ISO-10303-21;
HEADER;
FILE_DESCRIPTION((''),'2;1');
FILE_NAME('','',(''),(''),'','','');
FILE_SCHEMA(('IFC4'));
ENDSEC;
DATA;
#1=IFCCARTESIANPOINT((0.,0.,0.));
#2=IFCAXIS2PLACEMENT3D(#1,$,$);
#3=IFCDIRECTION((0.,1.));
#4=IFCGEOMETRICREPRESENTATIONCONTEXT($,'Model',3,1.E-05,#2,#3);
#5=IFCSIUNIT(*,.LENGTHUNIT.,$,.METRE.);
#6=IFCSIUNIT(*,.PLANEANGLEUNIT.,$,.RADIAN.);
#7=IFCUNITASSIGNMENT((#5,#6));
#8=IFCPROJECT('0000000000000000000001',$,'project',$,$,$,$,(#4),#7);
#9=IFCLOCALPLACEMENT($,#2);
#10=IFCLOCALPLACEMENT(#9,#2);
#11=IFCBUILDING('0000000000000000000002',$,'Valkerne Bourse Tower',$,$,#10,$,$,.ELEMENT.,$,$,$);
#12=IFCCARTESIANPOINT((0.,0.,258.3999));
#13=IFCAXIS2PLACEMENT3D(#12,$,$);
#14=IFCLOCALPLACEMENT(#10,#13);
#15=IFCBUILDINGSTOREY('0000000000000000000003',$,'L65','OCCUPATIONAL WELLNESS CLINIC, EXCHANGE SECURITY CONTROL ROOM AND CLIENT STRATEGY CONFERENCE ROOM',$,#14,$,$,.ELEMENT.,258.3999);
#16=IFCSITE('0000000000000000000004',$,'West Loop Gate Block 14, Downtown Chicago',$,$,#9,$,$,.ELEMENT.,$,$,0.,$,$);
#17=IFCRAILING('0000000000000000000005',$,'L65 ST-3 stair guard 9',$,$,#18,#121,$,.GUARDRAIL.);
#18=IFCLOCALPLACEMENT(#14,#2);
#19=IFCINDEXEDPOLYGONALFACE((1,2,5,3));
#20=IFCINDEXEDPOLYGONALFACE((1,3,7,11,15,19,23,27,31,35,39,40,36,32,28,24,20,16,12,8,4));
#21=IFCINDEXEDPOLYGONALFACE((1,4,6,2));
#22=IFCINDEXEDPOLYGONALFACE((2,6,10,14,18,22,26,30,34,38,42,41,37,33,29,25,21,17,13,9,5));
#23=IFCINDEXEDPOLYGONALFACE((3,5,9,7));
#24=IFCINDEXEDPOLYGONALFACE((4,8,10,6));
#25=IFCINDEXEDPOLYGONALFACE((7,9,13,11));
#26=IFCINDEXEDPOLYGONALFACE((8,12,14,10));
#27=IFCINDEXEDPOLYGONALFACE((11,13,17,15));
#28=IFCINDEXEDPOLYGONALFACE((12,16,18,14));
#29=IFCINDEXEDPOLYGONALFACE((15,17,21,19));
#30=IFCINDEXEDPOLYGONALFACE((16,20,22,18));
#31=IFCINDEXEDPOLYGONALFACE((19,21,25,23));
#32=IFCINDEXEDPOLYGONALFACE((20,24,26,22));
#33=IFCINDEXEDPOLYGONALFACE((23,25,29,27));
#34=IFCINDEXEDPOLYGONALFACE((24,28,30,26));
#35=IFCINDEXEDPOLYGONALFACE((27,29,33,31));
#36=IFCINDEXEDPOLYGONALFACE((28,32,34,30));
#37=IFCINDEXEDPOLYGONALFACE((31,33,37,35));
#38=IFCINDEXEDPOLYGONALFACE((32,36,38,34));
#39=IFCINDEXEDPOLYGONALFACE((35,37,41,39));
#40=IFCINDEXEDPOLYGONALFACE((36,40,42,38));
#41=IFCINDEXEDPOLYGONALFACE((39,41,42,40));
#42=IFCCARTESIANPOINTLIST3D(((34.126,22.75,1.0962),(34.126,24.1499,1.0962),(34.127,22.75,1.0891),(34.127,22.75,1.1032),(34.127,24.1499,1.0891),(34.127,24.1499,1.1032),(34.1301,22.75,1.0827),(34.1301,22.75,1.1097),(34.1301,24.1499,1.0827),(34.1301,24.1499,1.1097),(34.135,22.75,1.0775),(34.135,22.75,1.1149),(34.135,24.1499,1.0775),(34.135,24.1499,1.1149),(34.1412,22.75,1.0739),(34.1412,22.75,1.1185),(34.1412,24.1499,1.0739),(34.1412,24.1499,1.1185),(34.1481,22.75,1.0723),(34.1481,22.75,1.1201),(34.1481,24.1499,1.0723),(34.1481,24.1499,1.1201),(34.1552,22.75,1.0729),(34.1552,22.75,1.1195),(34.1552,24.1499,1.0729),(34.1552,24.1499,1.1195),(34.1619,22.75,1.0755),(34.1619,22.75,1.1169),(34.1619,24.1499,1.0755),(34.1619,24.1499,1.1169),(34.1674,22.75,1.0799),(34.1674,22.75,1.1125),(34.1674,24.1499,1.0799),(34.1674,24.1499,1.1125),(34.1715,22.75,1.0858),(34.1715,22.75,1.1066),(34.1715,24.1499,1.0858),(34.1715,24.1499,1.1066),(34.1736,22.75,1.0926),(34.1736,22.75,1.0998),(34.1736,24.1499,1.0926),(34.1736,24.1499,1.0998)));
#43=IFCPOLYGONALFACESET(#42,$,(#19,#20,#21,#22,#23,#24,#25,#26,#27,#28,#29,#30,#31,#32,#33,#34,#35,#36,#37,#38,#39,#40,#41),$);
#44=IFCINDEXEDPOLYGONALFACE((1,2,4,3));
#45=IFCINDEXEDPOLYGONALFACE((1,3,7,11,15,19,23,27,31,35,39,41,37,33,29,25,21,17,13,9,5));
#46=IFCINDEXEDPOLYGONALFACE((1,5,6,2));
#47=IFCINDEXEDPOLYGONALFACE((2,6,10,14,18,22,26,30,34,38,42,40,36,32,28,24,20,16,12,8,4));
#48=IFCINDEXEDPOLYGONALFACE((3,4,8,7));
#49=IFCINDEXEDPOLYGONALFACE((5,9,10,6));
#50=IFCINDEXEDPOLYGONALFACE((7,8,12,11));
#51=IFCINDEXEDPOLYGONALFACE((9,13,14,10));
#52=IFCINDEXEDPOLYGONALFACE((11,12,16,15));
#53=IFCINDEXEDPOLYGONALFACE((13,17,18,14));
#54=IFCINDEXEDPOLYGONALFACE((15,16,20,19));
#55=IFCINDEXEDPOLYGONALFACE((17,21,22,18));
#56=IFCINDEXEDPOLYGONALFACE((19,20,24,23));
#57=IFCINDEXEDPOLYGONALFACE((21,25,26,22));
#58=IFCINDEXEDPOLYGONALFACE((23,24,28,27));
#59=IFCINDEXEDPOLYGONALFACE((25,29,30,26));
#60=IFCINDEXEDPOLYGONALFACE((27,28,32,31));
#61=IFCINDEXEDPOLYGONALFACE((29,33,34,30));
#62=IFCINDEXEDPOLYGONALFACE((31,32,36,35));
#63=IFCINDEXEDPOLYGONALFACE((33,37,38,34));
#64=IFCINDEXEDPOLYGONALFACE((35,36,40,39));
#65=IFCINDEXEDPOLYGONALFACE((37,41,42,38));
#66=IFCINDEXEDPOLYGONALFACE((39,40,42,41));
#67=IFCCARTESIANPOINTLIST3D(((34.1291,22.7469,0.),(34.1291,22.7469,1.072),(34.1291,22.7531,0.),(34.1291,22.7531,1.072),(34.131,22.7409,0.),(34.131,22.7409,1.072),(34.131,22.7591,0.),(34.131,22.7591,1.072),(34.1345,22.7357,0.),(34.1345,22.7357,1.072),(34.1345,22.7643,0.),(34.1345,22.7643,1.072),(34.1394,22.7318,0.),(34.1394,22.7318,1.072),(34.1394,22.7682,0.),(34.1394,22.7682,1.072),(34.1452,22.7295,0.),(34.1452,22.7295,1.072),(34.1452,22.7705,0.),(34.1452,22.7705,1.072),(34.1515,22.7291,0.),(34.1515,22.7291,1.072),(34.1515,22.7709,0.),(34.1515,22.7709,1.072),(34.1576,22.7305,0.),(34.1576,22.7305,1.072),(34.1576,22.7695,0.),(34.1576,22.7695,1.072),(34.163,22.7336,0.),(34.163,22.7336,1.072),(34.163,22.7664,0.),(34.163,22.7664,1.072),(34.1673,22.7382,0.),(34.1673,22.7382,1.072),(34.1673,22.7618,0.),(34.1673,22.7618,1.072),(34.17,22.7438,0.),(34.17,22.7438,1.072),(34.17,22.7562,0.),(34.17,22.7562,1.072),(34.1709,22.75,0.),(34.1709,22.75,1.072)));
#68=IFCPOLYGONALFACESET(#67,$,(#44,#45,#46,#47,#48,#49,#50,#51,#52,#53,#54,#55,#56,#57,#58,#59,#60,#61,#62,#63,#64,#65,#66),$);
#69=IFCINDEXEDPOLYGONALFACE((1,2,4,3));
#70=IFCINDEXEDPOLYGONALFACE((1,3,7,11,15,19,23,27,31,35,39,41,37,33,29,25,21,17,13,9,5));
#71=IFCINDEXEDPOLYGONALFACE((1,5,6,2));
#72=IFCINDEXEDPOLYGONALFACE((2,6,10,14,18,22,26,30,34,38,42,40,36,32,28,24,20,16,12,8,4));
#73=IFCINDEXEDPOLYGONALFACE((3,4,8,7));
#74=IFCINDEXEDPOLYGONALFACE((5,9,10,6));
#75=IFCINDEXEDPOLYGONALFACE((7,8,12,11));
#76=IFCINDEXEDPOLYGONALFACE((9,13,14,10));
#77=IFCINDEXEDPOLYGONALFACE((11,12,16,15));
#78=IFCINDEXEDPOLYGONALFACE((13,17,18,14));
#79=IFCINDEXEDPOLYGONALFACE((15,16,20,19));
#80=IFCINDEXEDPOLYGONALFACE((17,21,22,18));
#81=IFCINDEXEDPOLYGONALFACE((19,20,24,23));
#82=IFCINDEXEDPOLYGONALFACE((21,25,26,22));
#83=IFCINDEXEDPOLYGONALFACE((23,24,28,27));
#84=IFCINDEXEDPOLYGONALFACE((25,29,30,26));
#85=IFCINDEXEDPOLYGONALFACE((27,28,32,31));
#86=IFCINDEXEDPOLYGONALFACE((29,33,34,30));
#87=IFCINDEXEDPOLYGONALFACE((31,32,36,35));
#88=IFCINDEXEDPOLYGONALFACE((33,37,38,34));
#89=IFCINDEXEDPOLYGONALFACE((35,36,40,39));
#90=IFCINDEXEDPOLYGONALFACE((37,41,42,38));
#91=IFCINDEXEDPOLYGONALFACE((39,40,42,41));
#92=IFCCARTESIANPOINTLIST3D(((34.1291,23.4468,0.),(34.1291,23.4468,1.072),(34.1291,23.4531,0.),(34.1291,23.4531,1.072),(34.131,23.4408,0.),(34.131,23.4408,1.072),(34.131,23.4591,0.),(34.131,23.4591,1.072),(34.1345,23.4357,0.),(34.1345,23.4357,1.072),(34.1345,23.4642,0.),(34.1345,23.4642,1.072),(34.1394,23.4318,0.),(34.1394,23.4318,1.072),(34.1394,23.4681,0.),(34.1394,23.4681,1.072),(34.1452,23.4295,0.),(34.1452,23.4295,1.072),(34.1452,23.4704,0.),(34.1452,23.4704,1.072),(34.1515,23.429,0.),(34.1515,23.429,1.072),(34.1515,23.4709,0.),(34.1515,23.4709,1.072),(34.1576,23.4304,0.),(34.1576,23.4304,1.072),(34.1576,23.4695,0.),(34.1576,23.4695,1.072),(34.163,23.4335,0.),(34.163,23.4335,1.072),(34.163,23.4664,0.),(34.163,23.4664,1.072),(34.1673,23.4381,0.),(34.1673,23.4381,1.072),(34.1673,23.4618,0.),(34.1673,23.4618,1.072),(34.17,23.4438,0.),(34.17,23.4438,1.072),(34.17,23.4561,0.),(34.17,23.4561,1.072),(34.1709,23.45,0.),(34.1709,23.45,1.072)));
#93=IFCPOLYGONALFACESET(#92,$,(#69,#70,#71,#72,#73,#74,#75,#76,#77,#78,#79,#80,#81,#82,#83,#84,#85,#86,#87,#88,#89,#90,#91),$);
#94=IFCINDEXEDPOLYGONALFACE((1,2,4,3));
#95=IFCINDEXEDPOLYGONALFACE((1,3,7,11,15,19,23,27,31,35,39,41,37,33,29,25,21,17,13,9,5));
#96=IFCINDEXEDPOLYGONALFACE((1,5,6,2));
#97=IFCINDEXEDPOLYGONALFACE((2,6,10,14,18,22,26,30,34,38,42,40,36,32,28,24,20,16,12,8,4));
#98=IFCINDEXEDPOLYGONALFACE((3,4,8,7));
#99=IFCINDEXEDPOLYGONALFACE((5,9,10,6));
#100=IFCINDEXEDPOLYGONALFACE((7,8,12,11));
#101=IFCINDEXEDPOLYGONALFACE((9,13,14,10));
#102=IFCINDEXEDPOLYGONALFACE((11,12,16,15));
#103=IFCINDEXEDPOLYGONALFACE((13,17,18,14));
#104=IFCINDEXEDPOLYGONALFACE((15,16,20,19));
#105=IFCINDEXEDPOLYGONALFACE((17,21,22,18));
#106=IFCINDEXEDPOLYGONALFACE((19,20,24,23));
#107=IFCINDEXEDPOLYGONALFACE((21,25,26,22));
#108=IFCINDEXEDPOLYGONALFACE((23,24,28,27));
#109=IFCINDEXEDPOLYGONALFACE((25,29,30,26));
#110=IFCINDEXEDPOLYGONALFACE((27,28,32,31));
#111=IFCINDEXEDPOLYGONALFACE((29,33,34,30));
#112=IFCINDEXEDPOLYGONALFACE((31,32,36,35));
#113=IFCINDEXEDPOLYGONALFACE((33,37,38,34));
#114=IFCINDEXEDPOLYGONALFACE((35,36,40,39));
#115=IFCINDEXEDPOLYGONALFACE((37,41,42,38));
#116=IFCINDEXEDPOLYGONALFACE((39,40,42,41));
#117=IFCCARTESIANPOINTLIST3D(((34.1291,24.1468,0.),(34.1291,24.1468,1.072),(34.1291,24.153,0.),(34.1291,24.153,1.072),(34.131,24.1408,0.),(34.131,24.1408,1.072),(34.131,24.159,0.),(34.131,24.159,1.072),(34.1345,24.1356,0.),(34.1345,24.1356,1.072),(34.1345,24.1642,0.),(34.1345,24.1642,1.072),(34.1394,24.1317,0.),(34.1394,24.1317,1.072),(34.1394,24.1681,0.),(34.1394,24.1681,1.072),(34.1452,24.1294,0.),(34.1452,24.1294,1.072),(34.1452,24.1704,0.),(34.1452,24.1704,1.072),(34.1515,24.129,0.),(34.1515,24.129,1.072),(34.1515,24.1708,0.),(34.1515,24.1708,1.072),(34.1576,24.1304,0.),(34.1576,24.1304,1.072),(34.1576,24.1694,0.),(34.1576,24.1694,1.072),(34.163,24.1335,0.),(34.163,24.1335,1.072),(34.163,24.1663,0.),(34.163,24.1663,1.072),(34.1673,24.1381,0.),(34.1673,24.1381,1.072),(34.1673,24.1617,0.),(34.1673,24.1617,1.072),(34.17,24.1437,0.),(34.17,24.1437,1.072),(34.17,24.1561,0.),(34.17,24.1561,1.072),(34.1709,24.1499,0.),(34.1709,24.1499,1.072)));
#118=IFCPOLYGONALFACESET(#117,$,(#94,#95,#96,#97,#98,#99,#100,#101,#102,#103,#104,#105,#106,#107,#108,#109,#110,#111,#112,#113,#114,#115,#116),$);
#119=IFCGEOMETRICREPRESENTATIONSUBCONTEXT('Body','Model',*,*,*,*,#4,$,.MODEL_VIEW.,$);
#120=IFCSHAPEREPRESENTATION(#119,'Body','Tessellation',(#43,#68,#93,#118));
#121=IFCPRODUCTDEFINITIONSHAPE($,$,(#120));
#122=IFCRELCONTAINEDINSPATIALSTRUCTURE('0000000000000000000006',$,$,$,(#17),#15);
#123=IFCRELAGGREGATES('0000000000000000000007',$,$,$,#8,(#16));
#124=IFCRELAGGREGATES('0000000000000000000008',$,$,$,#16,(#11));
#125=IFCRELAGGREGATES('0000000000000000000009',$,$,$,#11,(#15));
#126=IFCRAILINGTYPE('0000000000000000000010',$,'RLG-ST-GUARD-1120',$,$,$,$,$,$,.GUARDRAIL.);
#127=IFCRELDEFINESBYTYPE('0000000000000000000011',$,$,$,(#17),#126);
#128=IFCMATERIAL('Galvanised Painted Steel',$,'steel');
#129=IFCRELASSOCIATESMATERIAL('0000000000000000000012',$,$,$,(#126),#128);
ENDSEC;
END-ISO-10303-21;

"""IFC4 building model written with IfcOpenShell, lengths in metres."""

from ifc_helpers import new_model, si_unit, direction, frame, origin, origin_2d, place, context, subcontext, project, spatial, circle, extrude, material, type_object, element, save


model = new_model("IFC4")

# Units and contexts
model_context = context("Model", 3, precision=1e-05, world=origin(), true_north=direction((0.0, 1.0)))
body_context = subcontext(model_context, "Body", "Model", "MODEL_VIEW")
ifc_project = project(units=[si_unit("LENGTHUNIT", "METRE"), si_unit("PLANEANGLEUNIT", "RADIAN")], contexts=[model_context])

# Site, building, storey
site_placement = place(None, origin())
site = spatial("IfcSite", under=ifc_project, at=site_placement, Name="West Loop Gate Block 14, Downtown Chicago", CompositionType="ELEMENT", RefElevation=0.0)
building_placement = place(site_placement, origin())
building = spatial("IfcBuilding", under=site, at=building_placement, Name="Valkerne Bourse Tower", CompositionType="ELEMENT")
storey_placement = place(building_placement, frame((0.0, 0.0, 258.3999)))
storey = spatial("IfcBuildingStorey", under=building, at=storey_placement, Name="L65", Description="OCCUPATIONAL WELLNESS CLINIC, EXCHANGE SECURITY CONTROL ROOM AND CLIENT STRATEGY CONFERENCE ROOM", CompositionType="ELEMENT", Elevation=258.3999)

# Shared definitions
ifc_material_1 = material(Name="Galvanised Painted Steel", Category="steel")

# Railing
railing_type = type_object("IfcRailingType", Name="RLG-ST-GUARD-1120", PredefinedType="GUARDRAIL", material=ifc_material_1)
railing_1_placement = place(storey_placement, frame((34.1499, 22.75, 0.0)))
element("IfcRailing", 1, at=railing_1_placement, inside=storey, type_object=railing_type, Name="L65 ST-3 stair guard 9", PredefinedType="GUARDRAIL", context=body_context, shape_type="SweptSolid", body=[
    extrude(circle(Radius=0.0239, at=origin_2d()), frame((0.0, 0.0, 1.0962), z_axis=(0.0, 1.0, 0.0), x_axis=(-1.0, 0.0, 0.0)), (0.0, 0.0, 1.0), 1.3999),
    extrude(circle(Radius=0.021, at=origin_2d()), origin(), (0.0, 0.0, 1.0), 1.072),
    extrude(circle(Radius=0.021, at=origin_2d()), frame((0.0, 0.7, 0.0)), (0.0, 0.0, 1.0), 1.072),
    extrude(circle(Radius=0.021, at=origin_2d()), frame((0.0, 1.3999, 0.0)), (0.0, 0.0, 1.0), 1.072),
])

save(model, "model.ifc")
